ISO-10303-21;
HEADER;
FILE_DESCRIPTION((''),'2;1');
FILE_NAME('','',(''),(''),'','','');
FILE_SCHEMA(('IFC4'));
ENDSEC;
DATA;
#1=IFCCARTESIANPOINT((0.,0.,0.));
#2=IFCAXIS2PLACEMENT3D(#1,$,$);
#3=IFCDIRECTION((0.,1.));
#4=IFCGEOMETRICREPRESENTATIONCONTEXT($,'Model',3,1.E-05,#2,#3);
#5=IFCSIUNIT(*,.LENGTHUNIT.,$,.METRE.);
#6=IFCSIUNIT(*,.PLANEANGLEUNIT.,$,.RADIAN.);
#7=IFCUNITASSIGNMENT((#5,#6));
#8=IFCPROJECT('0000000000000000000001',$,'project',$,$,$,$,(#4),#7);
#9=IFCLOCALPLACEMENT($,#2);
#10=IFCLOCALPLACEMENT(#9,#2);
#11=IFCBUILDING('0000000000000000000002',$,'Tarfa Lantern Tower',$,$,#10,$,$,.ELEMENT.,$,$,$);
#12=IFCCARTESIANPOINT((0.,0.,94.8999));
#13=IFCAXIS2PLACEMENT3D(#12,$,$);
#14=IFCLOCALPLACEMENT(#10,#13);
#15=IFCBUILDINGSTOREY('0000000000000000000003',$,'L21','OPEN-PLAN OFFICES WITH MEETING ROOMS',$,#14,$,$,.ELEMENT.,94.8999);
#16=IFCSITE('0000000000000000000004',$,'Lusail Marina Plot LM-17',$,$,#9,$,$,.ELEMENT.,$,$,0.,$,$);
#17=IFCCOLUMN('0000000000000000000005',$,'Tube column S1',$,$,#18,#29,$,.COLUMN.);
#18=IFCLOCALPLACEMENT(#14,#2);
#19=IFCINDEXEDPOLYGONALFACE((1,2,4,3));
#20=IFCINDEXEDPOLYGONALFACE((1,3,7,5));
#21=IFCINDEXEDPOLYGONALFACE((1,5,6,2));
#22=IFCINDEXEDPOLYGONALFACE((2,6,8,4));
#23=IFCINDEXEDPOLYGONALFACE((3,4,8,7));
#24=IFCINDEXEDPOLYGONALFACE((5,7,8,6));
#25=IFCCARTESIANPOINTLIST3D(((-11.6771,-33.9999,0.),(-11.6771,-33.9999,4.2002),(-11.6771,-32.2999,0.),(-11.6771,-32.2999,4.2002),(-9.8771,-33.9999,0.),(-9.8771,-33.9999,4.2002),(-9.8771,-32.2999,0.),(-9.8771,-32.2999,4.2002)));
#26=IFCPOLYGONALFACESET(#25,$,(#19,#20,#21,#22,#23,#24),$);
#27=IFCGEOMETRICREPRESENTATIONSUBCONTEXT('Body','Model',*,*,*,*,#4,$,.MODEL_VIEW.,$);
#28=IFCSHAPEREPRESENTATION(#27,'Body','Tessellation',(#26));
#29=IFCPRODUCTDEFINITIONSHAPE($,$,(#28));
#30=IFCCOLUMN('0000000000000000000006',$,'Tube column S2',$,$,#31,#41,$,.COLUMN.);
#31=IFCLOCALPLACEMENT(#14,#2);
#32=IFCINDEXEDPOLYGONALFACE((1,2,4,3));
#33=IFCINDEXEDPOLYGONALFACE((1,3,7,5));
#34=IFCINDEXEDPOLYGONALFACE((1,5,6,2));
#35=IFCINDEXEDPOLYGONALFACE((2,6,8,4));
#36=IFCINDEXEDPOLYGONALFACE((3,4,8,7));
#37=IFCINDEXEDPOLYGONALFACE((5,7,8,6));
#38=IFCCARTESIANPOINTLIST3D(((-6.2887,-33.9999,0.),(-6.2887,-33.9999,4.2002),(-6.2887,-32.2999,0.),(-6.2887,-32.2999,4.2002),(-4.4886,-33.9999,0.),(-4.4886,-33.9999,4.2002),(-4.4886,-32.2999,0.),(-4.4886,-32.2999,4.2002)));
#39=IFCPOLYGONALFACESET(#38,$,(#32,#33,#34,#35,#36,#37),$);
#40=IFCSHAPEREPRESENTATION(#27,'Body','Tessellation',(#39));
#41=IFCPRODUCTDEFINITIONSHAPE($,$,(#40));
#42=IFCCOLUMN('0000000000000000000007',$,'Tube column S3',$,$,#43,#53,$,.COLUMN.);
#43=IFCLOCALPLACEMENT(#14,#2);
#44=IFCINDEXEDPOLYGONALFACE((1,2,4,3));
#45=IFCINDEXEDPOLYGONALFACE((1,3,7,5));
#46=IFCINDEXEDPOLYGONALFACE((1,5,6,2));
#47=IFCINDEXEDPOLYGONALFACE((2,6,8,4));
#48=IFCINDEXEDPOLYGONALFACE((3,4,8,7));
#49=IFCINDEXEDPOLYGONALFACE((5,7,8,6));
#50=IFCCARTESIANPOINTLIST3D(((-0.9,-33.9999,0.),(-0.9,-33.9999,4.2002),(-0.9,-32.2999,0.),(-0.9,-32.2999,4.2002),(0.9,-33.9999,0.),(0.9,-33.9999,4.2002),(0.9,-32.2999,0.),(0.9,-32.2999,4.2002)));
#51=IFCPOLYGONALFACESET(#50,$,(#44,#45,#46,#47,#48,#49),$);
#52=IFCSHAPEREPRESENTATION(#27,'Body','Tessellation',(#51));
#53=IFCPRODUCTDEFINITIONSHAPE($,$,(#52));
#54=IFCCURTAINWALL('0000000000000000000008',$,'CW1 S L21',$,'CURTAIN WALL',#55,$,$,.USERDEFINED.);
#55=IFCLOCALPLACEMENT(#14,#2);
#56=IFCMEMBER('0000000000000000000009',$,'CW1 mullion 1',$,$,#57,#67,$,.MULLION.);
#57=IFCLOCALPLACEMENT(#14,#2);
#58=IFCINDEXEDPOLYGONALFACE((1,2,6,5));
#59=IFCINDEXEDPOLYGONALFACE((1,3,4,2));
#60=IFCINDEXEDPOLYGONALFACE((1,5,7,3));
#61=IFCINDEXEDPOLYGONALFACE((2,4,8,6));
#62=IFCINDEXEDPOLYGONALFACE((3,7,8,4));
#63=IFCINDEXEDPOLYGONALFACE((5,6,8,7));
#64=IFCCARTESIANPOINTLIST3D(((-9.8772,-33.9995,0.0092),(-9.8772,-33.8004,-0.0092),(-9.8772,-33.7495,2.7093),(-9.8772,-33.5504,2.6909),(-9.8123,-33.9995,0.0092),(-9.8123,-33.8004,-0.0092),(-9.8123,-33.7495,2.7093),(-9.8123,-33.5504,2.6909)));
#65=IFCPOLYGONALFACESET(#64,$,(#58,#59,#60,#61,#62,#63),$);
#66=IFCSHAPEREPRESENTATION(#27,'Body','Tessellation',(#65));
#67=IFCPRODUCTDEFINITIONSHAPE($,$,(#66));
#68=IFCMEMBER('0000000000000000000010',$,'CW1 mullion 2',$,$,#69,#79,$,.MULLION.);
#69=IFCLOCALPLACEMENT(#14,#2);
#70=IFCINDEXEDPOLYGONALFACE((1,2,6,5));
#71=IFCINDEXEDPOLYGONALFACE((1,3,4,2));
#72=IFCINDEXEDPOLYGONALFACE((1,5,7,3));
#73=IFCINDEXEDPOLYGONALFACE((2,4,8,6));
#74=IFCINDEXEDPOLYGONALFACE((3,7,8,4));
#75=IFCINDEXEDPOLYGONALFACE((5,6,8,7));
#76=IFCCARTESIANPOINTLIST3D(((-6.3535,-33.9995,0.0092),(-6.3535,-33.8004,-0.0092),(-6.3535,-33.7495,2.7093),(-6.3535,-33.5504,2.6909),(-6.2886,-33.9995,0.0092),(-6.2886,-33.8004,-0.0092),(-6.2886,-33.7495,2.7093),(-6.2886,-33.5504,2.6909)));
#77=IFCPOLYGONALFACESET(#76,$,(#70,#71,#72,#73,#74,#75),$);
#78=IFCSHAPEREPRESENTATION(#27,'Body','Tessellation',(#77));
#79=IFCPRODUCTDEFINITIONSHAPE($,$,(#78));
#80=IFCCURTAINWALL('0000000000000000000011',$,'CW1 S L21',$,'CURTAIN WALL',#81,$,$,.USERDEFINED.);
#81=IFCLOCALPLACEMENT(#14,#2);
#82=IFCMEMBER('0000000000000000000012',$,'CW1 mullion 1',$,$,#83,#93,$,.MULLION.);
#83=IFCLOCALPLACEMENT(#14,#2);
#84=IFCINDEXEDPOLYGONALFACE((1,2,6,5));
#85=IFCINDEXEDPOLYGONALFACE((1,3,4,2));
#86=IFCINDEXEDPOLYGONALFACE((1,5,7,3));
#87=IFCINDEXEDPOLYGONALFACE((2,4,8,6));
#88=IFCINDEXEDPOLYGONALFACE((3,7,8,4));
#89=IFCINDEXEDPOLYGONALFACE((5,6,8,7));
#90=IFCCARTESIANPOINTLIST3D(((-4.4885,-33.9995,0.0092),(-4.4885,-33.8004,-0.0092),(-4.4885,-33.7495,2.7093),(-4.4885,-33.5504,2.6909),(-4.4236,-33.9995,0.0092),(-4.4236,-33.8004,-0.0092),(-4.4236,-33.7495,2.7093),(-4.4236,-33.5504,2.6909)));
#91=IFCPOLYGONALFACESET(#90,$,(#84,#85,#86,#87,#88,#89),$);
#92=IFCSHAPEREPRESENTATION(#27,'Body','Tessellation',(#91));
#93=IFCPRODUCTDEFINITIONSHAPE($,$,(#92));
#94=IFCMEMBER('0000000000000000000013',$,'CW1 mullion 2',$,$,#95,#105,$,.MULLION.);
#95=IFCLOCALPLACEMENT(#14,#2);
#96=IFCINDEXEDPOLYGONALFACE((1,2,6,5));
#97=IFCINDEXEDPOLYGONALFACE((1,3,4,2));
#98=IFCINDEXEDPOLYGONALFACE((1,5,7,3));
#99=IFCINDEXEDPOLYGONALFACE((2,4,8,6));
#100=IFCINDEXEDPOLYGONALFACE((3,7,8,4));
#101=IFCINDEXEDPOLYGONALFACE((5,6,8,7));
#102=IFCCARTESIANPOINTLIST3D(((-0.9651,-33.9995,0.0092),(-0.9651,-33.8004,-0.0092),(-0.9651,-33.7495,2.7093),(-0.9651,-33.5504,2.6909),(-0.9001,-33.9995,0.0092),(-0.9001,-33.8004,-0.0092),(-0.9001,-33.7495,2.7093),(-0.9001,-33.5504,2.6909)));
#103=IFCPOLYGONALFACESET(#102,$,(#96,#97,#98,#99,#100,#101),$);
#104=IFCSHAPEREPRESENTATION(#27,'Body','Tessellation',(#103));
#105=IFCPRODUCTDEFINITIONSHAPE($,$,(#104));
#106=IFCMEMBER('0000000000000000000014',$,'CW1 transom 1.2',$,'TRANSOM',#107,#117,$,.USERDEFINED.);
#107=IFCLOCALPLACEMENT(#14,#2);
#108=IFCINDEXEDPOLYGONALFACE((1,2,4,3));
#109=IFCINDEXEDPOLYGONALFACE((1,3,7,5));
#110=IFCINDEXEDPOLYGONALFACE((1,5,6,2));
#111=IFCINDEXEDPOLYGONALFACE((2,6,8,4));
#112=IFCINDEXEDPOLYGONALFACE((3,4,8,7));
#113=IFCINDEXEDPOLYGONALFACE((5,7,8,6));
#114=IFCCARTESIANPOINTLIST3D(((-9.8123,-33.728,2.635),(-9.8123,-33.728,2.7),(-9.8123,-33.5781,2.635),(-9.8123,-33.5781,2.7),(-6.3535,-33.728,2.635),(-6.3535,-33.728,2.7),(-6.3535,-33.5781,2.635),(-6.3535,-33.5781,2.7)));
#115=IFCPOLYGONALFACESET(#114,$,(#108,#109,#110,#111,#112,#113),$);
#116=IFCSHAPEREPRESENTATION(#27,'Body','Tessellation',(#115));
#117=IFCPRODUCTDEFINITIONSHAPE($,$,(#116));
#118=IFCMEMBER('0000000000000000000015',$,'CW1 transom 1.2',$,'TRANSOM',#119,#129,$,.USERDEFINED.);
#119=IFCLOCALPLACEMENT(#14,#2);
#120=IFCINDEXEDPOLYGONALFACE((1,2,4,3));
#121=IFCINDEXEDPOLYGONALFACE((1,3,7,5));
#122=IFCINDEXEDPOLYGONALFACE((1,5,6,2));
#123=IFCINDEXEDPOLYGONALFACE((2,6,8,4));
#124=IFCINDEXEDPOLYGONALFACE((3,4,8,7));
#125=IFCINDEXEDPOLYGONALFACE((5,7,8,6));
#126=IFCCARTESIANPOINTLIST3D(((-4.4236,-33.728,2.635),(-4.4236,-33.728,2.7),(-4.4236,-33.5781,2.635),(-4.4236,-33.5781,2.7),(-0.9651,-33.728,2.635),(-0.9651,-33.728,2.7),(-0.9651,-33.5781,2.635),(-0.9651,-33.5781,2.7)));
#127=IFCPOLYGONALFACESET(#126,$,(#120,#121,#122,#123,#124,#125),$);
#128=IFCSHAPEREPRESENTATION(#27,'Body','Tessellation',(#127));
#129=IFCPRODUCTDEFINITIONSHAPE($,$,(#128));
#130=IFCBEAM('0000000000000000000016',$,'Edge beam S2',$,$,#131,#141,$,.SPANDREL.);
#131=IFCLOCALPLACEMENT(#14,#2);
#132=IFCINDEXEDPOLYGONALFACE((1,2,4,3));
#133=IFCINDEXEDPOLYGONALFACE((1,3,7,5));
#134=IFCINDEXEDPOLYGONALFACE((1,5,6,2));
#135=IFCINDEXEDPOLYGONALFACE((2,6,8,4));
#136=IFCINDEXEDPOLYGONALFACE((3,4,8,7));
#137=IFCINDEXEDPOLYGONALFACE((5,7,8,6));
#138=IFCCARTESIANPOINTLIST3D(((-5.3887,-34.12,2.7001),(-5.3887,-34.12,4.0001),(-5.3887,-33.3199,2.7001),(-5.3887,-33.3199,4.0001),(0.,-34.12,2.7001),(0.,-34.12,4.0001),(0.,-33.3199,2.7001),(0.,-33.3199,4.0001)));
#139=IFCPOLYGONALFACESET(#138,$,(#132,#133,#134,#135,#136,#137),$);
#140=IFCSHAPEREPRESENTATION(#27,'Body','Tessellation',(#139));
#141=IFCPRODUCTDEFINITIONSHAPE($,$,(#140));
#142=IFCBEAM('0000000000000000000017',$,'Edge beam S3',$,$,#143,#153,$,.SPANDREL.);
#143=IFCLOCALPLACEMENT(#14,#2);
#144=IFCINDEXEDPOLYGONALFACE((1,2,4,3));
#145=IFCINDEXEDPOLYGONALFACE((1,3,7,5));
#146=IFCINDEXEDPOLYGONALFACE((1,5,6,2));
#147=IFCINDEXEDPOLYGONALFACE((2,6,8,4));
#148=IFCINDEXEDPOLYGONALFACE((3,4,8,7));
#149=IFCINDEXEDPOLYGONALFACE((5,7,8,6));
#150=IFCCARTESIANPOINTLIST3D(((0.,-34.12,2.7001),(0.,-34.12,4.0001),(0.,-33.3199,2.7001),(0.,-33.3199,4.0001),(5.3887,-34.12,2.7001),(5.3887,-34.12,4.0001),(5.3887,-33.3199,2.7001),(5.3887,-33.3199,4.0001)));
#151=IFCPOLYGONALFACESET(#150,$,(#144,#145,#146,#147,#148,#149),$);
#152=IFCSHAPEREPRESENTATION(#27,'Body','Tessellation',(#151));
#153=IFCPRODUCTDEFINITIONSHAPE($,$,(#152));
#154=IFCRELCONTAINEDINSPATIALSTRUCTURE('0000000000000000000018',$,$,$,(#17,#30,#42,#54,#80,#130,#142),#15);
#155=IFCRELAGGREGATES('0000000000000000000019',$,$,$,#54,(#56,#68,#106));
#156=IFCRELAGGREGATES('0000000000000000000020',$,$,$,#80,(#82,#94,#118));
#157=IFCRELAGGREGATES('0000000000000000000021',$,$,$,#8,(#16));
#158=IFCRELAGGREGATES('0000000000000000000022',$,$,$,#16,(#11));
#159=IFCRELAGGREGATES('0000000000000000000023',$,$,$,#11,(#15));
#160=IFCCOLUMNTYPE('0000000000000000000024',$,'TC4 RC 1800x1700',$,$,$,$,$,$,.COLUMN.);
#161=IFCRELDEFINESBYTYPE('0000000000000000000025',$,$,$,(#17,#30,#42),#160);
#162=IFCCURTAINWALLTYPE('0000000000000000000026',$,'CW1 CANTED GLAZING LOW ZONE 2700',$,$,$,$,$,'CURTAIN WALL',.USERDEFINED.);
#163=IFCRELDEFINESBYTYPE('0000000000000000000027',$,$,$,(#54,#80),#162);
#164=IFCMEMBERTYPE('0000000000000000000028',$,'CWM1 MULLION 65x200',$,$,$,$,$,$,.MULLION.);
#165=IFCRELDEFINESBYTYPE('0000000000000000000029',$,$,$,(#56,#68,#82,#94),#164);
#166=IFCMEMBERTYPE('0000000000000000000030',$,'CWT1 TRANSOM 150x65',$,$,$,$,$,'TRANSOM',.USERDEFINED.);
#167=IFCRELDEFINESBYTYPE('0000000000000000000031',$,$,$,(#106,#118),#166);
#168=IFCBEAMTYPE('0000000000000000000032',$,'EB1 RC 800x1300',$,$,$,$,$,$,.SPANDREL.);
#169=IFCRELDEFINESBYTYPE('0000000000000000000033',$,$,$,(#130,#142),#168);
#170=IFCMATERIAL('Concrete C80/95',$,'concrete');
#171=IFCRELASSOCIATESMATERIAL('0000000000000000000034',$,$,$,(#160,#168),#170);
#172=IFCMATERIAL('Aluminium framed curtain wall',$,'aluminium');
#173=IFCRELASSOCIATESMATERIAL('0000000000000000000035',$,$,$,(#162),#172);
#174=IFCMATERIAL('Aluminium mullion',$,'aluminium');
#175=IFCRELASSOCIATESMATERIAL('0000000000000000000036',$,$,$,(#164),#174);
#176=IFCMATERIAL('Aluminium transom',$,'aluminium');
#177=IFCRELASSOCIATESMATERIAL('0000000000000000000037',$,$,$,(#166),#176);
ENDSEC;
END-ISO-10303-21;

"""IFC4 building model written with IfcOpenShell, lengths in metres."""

from ifc_helpers import new_model, si_unit, direction, frame, origin, origin_2d, place, context, subcontext, project, spatial, rectangle, extrude, material, material_profile, profile_set, type_object, element, aggregate, save


model = new_model("IFC4")

# Units and contexts
model_context = context("Model", 3, precision=1e-05, world=origin(), true_north=direction((0.0, 1.0)))
body_context = subcontext(model_context, "Body", "Model", "MODEL_VIEW")
ifc_project = project(units=[si_unit("LENGTHUNIT", "METRE"), si_unit("PLANEANGLEUNIT", "RADIAN")], contexts=[model_context])

# Site, building, storey
site_placement = place(None, origin())
site = spatial("IfcSite", under=ifc_project, at=site_placement, Name="Lusail Marina Plot LM-17", CompositionType="ELEMENT", RefElevation=0.0)
building_placement = place(site_placement, origin())
building = spatial("IfcBuilding", under=site, at=building_placement, Name="Tarfa Lantern Tower", CompositionType="ELEMENT")
storey_placement = place(building_placement, frame((0.0, 0.0, 94.8999)))
storey = spatial("IfcBuildingStorey", under=building, at=storey_placement, Name="L21", Description="OPEN-PLAN OFFICES WITH MEETING ROOMS", CompositionType="ELEMENT", Elevation=94.8999)

# Columns
ifc_material_1 = material(Name="Concrete C80/95", Category="concrete")
ifc_material_profile_1 = material_profile(ifc_material_1, rectangle(XDim=1.8, YDim=1.7, at=origin_2d()), Name="RC 1800x1700")
ifc_profile_set_1 = profile_set([ifc_material_profile_1], Name="Concrete C80/95")
column_type = type_object("IfcColumnType", Name="TC4 RC 1800x1700", PredefinedType="COLUMN", material=ifc_profile_set_1)
for number, where, z_axis, x_axis, name in (
    (1, (-10.7771, -33.1499, 0.0), (0.0, 0.0, 1.0), (1.0, 0.0, 0.0), "Tube column S1"),
    (2, (-5.3887, -33.1499, 0.0), (0.0, 0.0, 1.0), (1.0, 0.0, 0.0), "Tube column S2"),
    (3, (0.0, -33.1499, 0.0), (0.0, 0.0, 1.0), (1.0, 0.0, 0.0), "Tube column S3"),
):
    element("IfcColumn", number, at=place(storey_placement, frame(where, z_axis=z_axis, x_axis=x_axis)), inside=storey, type_object=column_type, Name=name, PredefinedType="COLUMN", context=body_context, shape_type="SweptSolid", body=[
        extrude(rectangle(XDim=1.8, YDim=1.7, at=origin_2d()), origin(), (0.0, 0.0, 1.0), 4.2002),
    ])

# Curtain walls, members
ifc_material_2 = material(Name="Aluminium framed curtain wall", Category="aluminium")
curtain_wall_type = type_object("IfcCurtainWallType", Name="CW1 CANTED GLAZING LOW ZONE 2700", ElementType="CURTAIN WALL", PredefinedType="USERDEFINED", material=ifc_material_2)
curtain_wall_1_placement = place(storey_placement, origin())
curtain_wall_1 = element("IfcCurtainWall", 4, at=curtain_wall_1_placement, inside=storey, type_object=curtain_wall_type, Name="CW1 S L21", ObjectType="CURTAIN WALL", PredefinedType="USERDEFINED")
ifc_material_3 = material(Name="Aluminium mullion", Category="aluminium")
ifc_material_profile_2 = material_profile(ifc_material_3, rectangle(XDim=0.0649, YDim=0.2, at=origin_2d()), Name="AL MULLION 65x200")
ifc_profile_set_2 = profile_set([ifc_material_profile_2], Name="Aluminium mullion")
member_type_1 = type_object("IfcMemberType", Name="CWM1 MULLION 65x200", PredefinedType="MULLION", material=ifc_profile_set_2)
member_1_placement = place(storey_placement, frame((-9.8447, -33.8999, 0.0), z_axis=(0.0, 0.092192, 0.995741), x_axis=(-1.0, 0.0, 0.0)))
member_1 = element("IfcMember", 5, at=member_1_placement, type_object=member_type_1, Name="CW1 mullion 1", PredefinedType="MULLION", context=body_context, shape_type="SweptSolid", body=[
    extrude(rectangle(XDim=0.0649, YDim=0.2, at=origin_2d()), origin(), (0.0, 0.0, 1.0), 2.7117),
])
member_2_placement = place(storey_placement, frame((-6.321, -33.8999, 0.0), z_axis=(0.0, 0.092192, 0.995741), x_axis=(-1.0, 0.0, 0.0)))
member_2 = element("IfcMember", 6, at=member_2_placement, type_object=member_type_1, Name="CW1 mullion 2", PredefinedType="MULLION", context=body_context, shape_type="SweptSolid", body=[
    extrude(rectangle(XDim=0.0649, YDim=0.2, at=origin_2d()), origin(), (0.0, 0.0, 1.0), 2.7117),
])
curtain_wall_2_placement = place(storey_placement, origin())
curtain_wall_2 = element("IfcCurtainWall", 7, at=curtain_wall_2_placement, inside=storey, type_object=curtain_wall_type, Name="CW1 S L21", ObjectType="CURTAIN WALL", PredefinedType="USERDEFINED")
member_3_placement = place(storey_placement, frame((-4.4561, -33.8999, 0.0), z_axis=(0.0, 0.092192, 0.995741), x_axis=(-1.0, 0.0, 0.0)))
member_3 = element("IfcMember", 8, at=member_3_placement, type_object=member_type_1, Name="CW1 mullion 1", PredefinedType="MULLION", context=body_context, shape_type="SweptSolid", body=[
    extrude(rectangle(XDim=0.0649, YDim=0.2, at=origin_2d()), origin(), (0.0, 0.0, 1.0), 2.7117),
])
member_4_placement = place(storey_placement, frame((-0.9326, -33.8999, 0.0), z_axis=(0.0, 0.092192, 0.995741), x_axis=(-1.0, 0.0, 0.0)))
member_4 = element("IfcMember", 9, at=member_4_placement, type_object=member_type_1, Name="CW1 mullion 2", PredefinedType="MULLION", context=body_context, shape_type="SweptSolid", body=[
    extrude(rectangle(XDim=0.0649, YDim=0.2, at=origin_2d()), origin(), (0.0, 0.0, 1.0), 2.7117),
])

# Members
ifc_material_4 = material(Name="Aluminium transom", Category="aluminium")
ifc_material_profile_3 = material_profile(ifc_material_4, rectangle(XDim=0.1499, YDim=0.0649, at=origin_2d()), Name="AL TRANSOM 150x65")
ifc_profile_set_3 = profile_set([ifc_material_profile_3], Name="Aluminium transom")
member_type_2 = type_object("IfcMemberType", Name="CWT1 TRANSOM 150x65", ElementType="TRANSOM", PredefinedType="USERDEFINED", material=ifc_profile_set_3)
member_5_placement = place(storey_placement, frame((-9.8123, -33.6531, 2.6675), z_axis=(1.0, 0.0, 0.0), x_axis=(0.0, 1.0, 0.0)))
member_5 = element("IfcMember", 10, at=member_5_placement, type_object=member_type_2, Name="CW1 transom 1.2", ObjectType="TRANSOM", PredefinedType="USERDEFINED", context=body_context, shape_type="SweptSolid", body=[
    extrude(rectangle(XDim=0.1499, YDim=0.0649, at=origin_2d()), origin(), (0.0, 0.0, 1.0), 3.4587),
])
member_6_placement = place(storey_placement, frame((-4.4236, -33.6531, 2.6675), z_axis=(1.0, 0.0, 0.0), x_axis=(0.0, 1.0, 0.0)))
member_6 = element("IfcMember", 11, at=member_6_placement, type_object=member_type_2, Name="CW1 transom 1.2", ObjectType="TRANSOM", PredefinedType="USERDEFINED", context=body_context, shape_type="SweptSolid", body=[
    extrude(rectangle(XDim=0.1499, YDim=0.0649, at=origin_2d()), origin(), (0.0, 0.0, 1.0), 3.4585),
])

# Beams
ifc_material_profile_4 = material_profile(ifc_material_1, rectangle(XDim=0.8, YDim=1.3, at=origin_2d()), Name="RC 800x1300")
ifc_profile_set_4 = profile_set([ifc_material_profile_4], Name="Concrete C80/95")
beam_type_1 = type_object("IfcBeamType", Name="EB1 RC 800x1300", PredefinedType="SPANDREL", material=ifc_profile_set_4)
for number, where, z_axis, x_axis, name in (
    (12, (-5.3887, -33.72, 3.3501), (1.0, 0.0, 0.0), (0.0, 1.0, 0.0), "Edge beam S2"),
    (13, (0.0, -33.72, 3.3501), (1.0, 0.0, 0.0), (0.0, 1.0, 0.0), "Edge beam S3"),
):
    element("IfcBeam", number, at=place(storey_placement, frame(where, z_axis=z_axis, x_axis=x_axis)), inside=storey, type_object=beam_type_1, Name=name, PredefinedType="SPANDREL", context=body_context, shape_type="SweptSolid", body=[
        extrude(rectangle(XDim=0.8, YDim=1.3, at=origin_2d()), origin(), (0.0, 0.0, 1.0), 5.3887),
    ])

aggregate(curtain_wall_1, [member_1, member_2, member_5])
aggregate(curtain_wall_2, [member_3, member_4, member_6])

save(model, "model.ifc")
